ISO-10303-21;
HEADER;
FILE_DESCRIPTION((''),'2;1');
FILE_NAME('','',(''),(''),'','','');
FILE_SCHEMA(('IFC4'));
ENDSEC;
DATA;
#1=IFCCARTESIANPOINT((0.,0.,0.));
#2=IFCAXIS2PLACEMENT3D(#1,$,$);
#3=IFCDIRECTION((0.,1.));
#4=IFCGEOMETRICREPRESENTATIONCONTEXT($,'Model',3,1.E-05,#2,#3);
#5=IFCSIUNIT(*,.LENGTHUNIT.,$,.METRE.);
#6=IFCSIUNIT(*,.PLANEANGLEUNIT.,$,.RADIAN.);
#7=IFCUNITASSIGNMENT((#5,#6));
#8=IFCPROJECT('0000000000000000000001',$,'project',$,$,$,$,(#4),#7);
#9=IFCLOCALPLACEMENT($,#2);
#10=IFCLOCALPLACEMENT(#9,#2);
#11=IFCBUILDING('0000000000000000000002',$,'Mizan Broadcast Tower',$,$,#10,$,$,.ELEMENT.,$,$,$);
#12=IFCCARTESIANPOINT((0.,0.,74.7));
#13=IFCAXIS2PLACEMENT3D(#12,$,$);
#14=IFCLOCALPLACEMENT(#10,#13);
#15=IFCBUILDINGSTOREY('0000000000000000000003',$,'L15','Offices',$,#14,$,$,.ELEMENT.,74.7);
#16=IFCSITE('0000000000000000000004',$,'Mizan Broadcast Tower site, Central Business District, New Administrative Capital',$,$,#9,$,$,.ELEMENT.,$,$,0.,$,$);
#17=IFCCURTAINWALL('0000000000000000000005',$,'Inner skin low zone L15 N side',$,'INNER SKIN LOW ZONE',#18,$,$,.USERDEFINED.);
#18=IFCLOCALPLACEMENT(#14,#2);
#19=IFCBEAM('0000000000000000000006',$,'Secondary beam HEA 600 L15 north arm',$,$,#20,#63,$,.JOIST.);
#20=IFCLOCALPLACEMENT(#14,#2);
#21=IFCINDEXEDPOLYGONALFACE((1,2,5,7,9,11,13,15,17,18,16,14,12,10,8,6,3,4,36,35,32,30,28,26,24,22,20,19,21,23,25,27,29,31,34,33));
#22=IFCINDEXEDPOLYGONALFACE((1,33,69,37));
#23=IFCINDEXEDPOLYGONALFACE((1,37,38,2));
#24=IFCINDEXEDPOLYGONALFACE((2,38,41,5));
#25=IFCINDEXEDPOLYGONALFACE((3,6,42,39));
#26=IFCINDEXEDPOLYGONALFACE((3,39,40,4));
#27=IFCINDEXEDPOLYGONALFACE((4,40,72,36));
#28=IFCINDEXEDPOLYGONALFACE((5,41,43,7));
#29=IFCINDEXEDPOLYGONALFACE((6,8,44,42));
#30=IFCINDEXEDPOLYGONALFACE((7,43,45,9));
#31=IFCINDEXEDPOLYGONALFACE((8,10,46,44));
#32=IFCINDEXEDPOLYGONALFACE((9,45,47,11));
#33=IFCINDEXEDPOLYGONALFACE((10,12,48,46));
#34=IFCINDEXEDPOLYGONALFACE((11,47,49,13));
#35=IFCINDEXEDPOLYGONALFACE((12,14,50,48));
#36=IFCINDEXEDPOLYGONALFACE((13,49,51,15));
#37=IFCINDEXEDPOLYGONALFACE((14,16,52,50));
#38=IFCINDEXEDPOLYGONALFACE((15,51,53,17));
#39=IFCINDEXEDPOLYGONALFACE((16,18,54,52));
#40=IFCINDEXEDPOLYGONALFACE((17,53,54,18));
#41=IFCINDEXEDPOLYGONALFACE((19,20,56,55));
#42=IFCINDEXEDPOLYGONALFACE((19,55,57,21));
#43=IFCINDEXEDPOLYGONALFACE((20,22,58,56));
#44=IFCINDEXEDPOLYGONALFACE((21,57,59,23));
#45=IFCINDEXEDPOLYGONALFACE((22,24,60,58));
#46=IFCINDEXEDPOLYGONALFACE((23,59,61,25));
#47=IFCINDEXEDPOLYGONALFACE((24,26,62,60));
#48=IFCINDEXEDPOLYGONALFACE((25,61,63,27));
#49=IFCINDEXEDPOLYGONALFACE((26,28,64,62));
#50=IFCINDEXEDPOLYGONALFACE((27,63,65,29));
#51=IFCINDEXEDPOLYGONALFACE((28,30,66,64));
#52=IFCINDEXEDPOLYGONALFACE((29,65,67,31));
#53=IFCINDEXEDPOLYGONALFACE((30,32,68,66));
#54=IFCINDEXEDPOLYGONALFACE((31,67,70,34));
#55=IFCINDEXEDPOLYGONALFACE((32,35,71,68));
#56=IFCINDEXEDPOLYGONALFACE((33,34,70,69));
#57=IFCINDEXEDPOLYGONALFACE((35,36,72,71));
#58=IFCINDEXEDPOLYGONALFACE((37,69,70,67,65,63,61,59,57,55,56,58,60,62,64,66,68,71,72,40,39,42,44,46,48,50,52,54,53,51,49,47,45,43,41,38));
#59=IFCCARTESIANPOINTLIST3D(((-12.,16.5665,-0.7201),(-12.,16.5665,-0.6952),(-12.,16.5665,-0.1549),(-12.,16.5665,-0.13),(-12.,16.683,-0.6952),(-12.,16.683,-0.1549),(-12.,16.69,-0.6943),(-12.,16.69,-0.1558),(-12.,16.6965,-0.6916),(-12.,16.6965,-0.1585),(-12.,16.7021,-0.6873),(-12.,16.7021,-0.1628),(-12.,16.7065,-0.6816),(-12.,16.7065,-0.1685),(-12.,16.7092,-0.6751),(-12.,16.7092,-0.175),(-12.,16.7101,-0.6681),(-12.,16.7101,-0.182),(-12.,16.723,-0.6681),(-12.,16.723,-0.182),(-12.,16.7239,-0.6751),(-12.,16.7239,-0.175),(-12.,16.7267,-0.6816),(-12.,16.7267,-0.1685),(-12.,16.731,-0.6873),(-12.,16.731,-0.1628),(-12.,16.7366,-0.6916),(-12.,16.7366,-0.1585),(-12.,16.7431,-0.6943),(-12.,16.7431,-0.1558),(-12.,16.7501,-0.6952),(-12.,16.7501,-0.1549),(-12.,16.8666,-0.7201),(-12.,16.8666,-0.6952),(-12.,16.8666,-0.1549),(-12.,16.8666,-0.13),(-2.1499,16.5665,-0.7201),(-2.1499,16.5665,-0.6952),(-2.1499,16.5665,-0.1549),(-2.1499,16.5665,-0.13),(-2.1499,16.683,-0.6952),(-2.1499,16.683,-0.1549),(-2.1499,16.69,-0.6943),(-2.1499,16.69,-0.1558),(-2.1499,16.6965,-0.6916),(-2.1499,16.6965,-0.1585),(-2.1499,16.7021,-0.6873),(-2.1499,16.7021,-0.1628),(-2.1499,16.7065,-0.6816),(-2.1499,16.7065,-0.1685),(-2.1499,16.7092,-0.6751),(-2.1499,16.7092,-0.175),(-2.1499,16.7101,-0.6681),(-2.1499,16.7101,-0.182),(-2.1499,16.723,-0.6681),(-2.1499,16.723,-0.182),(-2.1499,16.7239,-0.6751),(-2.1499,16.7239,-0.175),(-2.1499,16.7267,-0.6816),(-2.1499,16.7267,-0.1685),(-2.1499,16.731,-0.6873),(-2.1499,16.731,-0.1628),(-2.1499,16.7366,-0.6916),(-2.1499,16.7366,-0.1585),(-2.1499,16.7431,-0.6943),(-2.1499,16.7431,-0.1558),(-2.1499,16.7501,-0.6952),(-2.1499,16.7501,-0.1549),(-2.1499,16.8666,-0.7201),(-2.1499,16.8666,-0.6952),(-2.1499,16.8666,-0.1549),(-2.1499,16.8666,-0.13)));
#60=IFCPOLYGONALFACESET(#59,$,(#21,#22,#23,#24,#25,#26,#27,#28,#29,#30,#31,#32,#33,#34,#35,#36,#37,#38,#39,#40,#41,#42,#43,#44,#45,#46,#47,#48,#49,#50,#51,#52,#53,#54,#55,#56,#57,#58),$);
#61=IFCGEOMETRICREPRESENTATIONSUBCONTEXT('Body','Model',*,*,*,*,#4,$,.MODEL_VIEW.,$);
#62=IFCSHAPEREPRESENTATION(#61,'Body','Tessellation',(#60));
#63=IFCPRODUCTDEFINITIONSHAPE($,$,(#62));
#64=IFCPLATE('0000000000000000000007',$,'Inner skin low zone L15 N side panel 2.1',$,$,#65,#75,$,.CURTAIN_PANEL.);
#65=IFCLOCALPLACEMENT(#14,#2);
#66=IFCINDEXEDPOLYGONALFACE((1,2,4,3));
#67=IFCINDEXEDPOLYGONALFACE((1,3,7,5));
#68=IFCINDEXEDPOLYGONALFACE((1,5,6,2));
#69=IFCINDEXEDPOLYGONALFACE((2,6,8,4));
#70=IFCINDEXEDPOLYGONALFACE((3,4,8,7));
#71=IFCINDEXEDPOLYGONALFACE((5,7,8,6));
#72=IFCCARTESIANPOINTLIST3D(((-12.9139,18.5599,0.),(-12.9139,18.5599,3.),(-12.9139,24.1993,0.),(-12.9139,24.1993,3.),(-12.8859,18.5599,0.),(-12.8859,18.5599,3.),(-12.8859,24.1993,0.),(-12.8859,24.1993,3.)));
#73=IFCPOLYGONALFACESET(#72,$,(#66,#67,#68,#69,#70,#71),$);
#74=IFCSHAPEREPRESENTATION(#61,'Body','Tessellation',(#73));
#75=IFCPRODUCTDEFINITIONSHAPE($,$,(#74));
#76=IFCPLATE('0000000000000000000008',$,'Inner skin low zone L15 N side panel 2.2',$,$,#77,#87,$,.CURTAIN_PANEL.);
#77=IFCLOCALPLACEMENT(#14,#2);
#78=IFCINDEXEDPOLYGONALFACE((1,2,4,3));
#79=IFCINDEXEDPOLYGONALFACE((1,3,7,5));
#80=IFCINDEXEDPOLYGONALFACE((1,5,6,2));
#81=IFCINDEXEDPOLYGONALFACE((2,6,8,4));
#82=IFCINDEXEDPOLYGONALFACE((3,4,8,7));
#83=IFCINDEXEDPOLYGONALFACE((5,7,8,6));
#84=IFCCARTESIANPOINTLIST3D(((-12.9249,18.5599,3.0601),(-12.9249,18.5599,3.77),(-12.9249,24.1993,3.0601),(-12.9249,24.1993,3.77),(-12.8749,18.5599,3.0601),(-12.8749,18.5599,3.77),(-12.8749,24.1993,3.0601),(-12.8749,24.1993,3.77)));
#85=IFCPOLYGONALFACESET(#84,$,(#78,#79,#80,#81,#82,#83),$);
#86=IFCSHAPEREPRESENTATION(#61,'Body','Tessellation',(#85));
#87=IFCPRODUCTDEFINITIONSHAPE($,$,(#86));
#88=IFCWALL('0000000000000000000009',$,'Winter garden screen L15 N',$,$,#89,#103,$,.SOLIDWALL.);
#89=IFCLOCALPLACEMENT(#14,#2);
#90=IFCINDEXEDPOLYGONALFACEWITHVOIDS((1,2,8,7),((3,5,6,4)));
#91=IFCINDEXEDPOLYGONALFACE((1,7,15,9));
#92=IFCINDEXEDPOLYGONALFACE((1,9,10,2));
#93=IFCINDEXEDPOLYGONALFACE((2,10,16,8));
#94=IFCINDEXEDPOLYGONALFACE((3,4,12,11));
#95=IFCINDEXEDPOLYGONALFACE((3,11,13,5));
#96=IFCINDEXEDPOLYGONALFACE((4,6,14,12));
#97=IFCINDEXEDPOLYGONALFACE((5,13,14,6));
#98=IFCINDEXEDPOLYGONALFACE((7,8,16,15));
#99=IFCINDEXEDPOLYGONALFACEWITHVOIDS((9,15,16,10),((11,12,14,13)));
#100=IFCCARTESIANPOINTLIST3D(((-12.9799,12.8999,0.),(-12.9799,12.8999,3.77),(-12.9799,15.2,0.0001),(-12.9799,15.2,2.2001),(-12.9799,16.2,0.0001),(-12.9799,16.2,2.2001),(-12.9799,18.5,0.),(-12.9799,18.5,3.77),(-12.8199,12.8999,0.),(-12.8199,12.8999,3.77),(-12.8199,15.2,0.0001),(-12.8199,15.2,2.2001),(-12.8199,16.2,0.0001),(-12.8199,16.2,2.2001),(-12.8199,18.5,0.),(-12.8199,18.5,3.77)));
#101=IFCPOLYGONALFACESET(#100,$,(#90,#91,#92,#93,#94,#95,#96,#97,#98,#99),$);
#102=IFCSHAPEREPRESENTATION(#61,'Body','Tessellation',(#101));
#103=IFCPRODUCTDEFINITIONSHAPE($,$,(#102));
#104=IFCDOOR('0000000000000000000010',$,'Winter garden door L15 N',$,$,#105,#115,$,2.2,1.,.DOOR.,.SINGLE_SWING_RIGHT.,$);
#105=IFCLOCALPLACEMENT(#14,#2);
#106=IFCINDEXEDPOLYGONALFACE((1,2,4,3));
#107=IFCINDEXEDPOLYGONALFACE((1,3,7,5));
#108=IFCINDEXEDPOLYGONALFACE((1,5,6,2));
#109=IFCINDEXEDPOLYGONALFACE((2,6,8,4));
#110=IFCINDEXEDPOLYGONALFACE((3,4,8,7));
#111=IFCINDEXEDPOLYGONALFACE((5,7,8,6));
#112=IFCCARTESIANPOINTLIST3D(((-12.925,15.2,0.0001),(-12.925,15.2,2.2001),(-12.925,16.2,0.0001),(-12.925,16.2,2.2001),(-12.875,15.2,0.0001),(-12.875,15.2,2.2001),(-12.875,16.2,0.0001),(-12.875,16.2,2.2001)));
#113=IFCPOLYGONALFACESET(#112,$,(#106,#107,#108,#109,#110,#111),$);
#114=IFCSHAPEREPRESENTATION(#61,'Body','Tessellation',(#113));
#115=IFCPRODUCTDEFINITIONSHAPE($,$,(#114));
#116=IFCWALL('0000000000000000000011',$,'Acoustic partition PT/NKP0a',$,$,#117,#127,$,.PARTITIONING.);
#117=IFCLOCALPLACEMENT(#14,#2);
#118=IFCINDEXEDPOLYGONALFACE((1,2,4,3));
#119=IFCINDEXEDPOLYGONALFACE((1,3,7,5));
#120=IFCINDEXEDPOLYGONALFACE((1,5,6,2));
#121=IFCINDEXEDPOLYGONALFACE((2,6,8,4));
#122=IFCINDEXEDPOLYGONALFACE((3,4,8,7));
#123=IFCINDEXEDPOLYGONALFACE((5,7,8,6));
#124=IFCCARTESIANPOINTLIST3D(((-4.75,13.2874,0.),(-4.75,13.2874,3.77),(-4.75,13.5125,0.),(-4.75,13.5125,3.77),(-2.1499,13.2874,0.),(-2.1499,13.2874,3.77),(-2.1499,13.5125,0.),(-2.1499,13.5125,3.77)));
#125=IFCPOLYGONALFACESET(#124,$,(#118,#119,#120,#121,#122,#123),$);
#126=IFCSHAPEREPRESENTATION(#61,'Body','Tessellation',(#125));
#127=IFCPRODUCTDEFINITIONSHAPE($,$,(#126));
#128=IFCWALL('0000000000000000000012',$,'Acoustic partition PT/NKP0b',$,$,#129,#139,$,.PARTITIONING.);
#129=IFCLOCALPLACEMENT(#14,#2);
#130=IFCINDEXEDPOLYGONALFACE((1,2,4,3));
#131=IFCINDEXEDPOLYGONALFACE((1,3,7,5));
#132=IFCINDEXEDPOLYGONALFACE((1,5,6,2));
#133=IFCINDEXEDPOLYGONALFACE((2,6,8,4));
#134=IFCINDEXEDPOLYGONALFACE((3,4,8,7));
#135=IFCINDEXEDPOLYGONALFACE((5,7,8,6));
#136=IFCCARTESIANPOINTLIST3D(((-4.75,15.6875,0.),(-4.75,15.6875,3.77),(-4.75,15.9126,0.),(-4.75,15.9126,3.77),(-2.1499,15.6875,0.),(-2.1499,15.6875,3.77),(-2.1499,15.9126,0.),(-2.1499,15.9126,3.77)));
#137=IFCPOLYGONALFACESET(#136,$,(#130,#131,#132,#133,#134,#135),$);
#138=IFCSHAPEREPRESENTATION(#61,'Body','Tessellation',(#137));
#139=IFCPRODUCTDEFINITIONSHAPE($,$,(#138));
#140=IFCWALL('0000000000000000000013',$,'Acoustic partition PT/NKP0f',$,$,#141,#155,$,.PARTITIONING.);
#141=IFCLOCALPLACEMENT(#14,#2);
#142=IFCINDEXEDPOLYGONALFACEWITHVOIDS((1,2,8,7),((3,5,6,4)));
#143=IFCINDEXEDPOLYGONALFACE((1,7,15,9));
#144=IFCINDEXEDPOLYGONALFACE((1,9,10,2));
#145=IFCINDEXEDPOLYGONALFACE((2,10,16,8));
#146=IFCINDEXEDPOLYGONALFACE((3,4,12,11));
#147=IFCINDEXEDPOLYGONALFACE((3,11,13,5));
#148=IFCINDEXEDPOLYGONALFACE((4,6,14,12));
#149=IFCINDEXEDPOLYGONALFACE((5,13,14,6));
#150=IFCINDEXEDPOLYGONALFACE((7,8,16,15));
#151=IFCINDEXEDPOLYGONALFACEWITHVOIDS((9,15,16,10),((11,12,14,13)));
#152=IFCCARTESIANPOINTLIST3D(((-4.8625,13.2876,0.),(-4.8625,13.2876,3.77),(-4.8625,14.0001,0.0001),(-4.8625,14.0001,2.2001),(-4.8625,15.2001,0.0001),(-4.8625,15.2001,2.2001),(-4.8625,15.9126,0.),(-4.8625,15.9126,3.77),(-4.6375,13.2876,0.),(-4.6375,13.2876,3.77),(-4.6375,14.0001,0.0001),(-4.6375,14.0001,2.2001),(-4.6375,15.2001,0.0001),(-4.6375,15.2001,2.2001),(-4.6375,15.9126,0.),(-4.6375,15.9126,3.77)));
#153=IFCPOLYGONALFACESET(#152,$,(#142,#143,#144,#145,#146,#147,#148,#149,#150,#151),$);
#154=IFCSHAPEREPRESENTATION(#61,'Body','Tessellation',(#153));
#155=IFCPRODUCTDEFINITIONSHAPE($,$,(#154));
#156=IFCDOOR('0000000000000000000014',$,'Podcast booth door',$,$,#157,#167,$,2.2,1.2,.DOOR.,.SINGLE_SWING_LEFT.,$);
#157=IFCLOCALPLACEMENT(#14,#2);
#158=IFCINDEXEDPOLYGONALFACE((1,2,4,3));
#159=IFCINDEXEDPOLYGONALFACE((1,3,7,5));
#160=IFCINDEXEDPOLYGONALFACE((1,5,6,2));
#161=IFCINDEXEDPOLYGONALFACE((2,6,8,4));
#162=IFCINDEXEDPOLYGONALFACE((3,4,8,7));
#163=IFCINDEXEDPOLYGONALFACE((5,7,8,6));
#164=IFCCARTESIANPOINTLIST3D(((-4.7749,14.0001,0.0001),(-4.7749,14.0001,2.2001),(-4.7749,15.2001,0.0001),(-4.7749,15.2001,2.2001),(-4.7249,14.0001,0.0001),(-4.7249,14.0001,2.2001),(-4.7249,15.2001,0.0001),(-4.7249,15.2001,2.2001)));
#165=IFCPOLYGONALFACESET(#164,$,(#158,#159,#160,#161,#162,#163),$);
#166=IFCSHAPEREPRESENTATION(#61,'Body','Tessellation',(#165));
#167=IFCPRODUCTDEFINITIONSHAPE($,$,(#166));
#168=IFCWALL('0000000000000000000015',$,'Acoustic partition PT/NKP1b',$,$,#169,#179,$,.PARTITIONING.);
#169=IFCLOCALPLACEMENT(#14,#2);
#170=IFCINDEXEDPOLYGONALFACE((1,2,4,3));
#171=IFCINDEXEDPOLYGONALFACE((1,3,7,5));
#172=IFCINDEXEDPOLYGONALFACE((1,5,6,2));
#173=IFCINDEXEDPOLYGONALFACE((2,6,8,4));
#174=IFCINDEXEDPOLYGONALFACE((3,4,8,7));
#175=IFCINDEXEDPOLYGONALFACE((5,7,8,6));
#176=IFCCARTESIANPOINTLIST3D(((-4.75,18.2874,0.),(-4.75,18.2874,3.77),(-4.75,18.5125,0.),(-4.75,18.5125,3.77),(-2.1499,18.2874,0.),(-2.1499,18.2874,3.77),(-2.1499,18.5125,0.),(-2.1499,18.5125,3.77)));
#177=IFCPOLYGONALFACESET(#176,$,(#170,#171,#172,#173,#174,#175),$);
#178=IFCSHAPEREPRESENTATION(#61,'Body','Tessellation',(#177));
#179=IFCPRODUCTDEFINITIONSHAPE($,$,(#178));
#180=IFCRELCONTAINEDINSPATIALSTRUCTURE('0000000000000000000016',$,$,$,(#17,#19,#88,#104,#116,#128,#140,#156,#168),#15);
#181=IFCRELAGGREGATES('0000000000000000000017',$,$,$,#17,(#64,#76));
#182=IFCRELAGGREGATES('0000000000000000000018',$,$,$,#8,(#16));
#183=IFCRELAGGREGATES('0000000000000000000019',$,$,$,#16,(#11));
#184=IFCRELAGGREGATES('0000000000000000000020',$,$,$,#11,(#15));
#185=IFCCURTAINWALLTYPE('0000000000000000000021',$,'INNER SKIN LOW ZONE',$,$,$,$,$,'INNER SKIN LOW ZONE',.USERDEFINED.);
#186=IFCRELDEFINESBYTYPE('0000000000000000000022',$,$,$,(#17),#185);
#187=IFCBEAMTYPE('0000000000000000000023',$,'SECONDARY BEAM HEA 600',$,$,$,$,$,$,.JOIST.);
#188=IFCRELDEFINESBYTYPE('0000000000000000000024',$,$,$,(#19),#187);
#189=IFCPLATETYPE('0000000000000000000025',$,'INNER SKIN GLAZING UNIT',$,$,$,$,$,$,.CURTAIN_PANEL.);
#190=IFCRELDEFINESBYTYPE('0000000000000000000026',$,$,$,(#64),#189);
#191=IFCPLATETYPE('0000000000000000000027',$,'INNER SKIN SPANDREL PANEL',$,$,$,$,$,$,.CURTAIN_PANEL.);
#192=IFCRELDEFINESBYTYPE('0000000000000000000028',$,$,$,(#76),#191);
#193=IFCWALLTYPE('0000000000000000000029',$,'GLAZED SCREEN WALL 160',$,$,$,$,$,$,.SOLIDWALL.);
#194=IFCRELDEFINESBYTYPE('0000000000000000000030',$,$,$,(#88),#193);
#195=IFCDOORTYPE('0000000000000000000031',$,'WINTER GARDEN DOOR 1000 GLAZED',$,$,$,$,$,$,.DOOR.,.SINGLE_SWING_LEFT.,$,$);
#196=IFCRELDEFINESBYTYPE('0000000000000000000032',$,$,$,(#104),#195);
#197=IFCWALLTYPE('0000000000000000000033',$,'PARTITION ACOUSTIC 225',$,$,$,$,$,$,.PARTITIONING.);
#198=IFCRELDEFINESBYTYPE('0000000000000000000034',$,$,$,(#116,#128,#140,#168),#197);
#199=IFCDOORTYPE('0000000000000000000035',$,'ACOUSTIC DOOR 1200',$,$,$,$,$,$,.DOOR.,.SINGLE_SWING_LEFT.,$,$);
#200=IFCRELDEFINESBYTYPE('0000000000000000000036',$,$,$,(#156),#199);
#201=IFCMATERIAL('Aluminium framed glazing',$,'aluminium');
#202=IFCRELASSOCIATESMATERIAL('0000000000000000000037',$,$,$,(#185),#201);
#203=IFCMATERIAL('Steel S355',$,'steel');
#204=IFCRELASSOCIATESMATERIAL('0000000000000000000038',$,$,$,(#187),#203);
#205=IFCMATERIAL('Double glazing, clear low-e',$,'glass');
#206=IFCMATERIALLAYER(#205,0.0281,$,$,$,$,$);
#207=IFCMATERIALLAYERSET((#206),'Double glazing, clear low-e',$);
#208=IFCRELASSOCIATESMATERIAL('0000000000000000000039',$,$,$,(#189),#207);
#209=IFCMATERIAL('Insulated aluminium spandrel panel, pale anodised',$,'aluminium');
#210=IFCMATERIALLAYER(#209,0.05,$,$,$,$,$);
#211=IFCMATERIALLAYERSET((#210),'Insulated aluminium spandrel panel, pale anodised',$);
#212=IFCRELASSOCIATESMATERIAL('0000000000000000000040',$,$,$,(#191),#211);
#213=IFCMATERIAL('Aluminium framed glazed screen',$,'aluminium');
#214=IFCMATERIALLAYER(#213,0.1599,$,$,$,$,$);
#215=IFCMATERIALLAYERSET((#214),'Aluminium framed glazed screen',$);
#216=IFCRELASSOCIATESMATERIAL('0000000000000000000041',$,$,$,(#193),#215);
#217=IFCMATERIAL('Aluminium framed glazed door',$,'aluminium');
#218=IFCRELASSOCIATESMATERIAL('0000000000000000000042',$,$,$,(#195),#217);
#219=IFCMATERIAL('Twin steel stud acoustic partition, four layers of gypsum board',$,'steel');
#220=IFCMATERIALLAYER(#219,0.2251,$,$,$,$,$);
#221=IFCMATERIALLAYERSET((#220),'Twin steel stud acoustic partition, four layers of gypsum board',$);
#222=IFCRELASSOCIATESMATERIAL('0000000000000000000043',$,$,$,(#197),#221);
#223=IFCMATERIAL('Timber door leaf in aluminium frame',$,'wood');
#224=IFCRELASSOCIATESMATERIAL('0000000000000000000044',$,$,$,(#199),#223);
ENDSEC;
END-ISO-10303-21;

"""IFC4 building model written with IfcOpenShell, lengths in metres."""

from ifc_helpers import new_model, si_unit, direction, frame, frame_2d, origin, origin_2d, place, context, subcontext, project, spatial, rectangle, i_section, extrude, material, layer, layer_set, material_profile, profile_set, type_object, element, fill, aggregate, save


model = new_model("IFC4")

# Units and contexts
model_context = context("Model", 3, precision=1e-05, world=origin(), true_north=direction((0.0, 1.0)))
body_context = subcontext(model_context, "Body", "Model", "MODEL_VIEW")
ifc_project = project(units=[si_unit("LENGTHUNIT", "METRE"), si_unit("PLANEANGLEUNIT", "RADIAN")], contexts=[model_context])

# Site, building, storey
site_placement = place(None, origin())
site = spatial("IfcSite", under=ifc_project, at=site_placement, Name="Mizan Broadcast Tower site, Central Business District, New Administrative Capital", CompositionType="ELEMENT", RefElevation=0.0)
building_placement = place(site_placement, origin())
building = spatial("IfcBuilding", under=site, at=building_placement, Name="Mizan Broadcast Tower", CompositionType="ELEMENT")
storey_placement = place(building_placement, frame((0.0, 0.0, 74.7)))
storey = spatial("IfcBuildingStorey", under=building, at=storey_placement, Name="L15", Description="Offices", CompositionType="ELEMENT", Elevation=74.7)

# Curtain wall
ifc_material_1 = material(Name="Aluminium framed glazing", Category="aluminium")
curtain_wall_type = type_object("IfcCurtainWallType", Name="INNER SKIN LOW ZONE", ElementType="INNER SKIN LOW ZONE", PredefinedType="USERDEFINED", material=ifc_material_1)
curtain_wall_placement = place(storey_placement, origin())
curtain_wall = element("IfcCurtainWall", 1, at=curtain_wall_placement, inside=storey, type_object=curtain_wall_type, Name="Inner skin low zone L15 N side", ObjectType="INNER SKIN LOW ZONE", PredefinedType="USERDEFINED")

# Beam
ifc_material_2 = material(Name="Steel S355", Category="steel")
ifc_material_profile_1 = material_profile(ifc_material_2, i_section(OverallWidth=0.3, OverallDepth=0.5901, WebThickness=0.0129, FlangeThickness=0.0249, FilletRadius=0.0271, at=origin_2d()), Name="HEA 600")
ifc_profile_set_1 = profile_set([ifc_material_profile_1], Name="Steel S355")
beam_type_1 = type_object("IfcBeamType", Name="SECONDARY BEAM HEA 600", PredefinedType="JOIST", material=ifc_profile_set_1)
for number, where, z_axis, x_axis, name in (
    (2, (-12.0, 16.7166, -0.425), (1.0, 0.0, 0.0), (0.0, 1.0, 0.0), "Secondary beam HEA 600 L15 north arm"),
):
    element("IfcBeam", number, at=place(storey_placement, frame(where, z_axis=z_axis, x_axis=x_axis)), inside=storey, type_object=beam_type_1, Name=name, PredefinedType="JOIST", context=body_context, shape_type="SweptSolid", body=[
        extrude(i_section(OverallWidth=0.3, OverallDepth=0.5901, WebThickness=0.0129, FlangeThickness=0.0249, FilletRadius=0.0271, at=origin_2d()), origin(), (0.0, 0.0, 1.0), 9.8501),
    ])

# Plates
ifc_material_3 = material(Name="Double glazing, clear low-e", Category="glass")
ifc_layer_1 = layer(ifc_material_3, 0.0281)
ifc_layer_set_1 = layer_set([ifc_layer_1], Name="Double glazing, clear low-e")
plate_type_1 = type_object("IfcPlateType", Name="INNER SKIN GLAZING UNIT", PredefinedType="CURTAIN_PANEL", material=ifc_layer_set_1)
plate_1_placement = place(storey_placement, frame((-12.8999, 21.3796, 0.0), z_axis=(0.0, 0.0, 1.0), x_axis=(0.0, -1.0, 0.0)))
plate_1 = element("IfcPlate", 3, at=plate_1_placement, type_object=plate_type_1, Name="Inner skin low zone L15 N side panel 2.1", PredefinedType="CURTAIN_PANEL", context=body_context, shape_type="SweptSolid", body=[
    extrude(rectangle(XDim=5.6394, YDim=0.0281, at=origin_2d()), origin(), (0.0, 0.0, 1.0), 3.0),
])
ifc_material_4 = material(Name="Insulated aluminium spandrel panel, pale anodised", Category="aluminium")
ifc_layer_2 = layer(ifc_material_4, 0.05)
ifc_layer_set_2 = layer_set([ifc_layer_2], Name="Insulated aluminium spandrel panel, pale anodised")
plate_type_2 = type_object("IfcPlateType", Name="INNER SKIN SPANDREL PANEL", PredefinedType="CURTAIN_PANEL", material=ifc_layer_set_2)
plate_2_placement = place(storey_placement, frame((-12.8999, 21.3796, 3.0601), z_axis=(0.0, 0.0, 1.0), x_axis=(0.0, -1.0, 0.0)))
plate_2 = element("IfcPlate", 4, at=plate_2_placement, type_object=plate_type_2, Name="Inner skin low zone L15 N side panel 2.2", PredefinedType="CURTAIN_PANEL", context=body_context, shape_type="SweptSolid", body=[
    extrude(rectangle(XDim=5.6394, YDim=0.05, at=origin_2d()), origin(), (0.0, 0.0, 1.0), 0.71),
])
aggregate(curtain_wall, [plate_1, plate_2])

# Wall, opening, door
ifc_material_5 = material(Name="Aluminium framed glazed screen", Category="aluminium")
ifc_layer_3 = layer(ifc_material_5, 0.1599)
ifc_layer_set_3 = layer_set([ifc_layer_3], Name="Aluminium framed glazed screen")
wall_type_1 = type_object("IfcWallType", Name="GLAZED SCREEN WALL 160", PredefinedType="SOLIDWALL", material=ifc_layer_set_3)
wall_1_placement = place(storey_placement, frame((-12.8999, 18.5, 0.0), z_axis=(0.0, 0.0, 1.0), x_axis=(0.0, -1.0, 0.0)))
wall_1 = element("IfcWall", 5, at=wall_1_placement, inside=storey, type_object=wall_type_1, Name="Winter garden screen L15 N", PredefinedType="SOLIDWALL", context=body_context, shape_type="SweptSolid", body=[
    extrude(rectangle(XDim=5.6001, YDim=0.1599, at=frame_2d((2.8, 0.0))), origin(), (0.0, 0.0, 1.0), 3.77),
])
opening_1_placement = place(wall_1_placement, frame((2.3, 0.0, 0.0)))
opening_1 = element("IfcOpeningElement", 6, at=opening_1_placement, cuts=wall_1, PredefinedType="OPENING", context=body_context, shape_type="SweptSolid", body=[
    extrude(rectangle(XDim=1.0, YDim=2.2, at=frame_2d((0.5, 1.1001))), frame((0.0, 0.0898, 0.0), z_axis=(0.0, -1.0, 0.0), x_axis=(1.0, 0.0, 0.0)), (0.0, 0.0, 1.0), 0.1799),
])
ifc_material_6 = material(Name="Aluminium framed glazed door", Category="aluminium")
door_type_1 = type_object("IfcDoorType", Name="WINTER GARDEN DOOR 1000 GLAZED", OperationType="SINGLE_SWING_LEFT", PredefinedType="DOOR", material=ifc_material_6)
door_1_placement = place(opening_1_placement, origin())
door_1 = element("IfcDoor", 7, at=door_1_placement, inside=storey, type_object=door_type_1, Name="Winter garden door L15 N", OperationType="SINGLE_SWING_RIGHT", OverallHeight=2.2, OverallWidth=1.0, PredefinedType="DOOR", context=body_context, shape_type="SweptSolid", body=[
    extrude(rectangle(XDim=1.0, YDim=2.2, at=frame_2d((0.5, 1.1001))), frame((0.0, 0.0249, 0.0), z_axis=(0.0, -1.0, 0.0), x_axis=(1.0, 0.0, 0.0)), (0.0, 0.0, 1.0), 0.05),
])
fill(opening_1, door_1)

# Walls
ifc_material_7 = material(Name="Twin steel stud acoustic partition, four layers of gypsum board", Category="steel")
ifc_layer_4 = layer(ifc_material_7, 0.2251)
ifc_layer_set_4 = layer_set([ifc_layer_4], Name="Twin steel stud acoustic partition, four layers of gypsum board")
wall_type_2 = type_object("IfcWallType", Name="PARTITION ACOUSTIC 225", PredefinedType="PARTITIONING", material=ifc_layer_set_4)
for number, where, z_axis, x_axis, name in (
    (8, (-2.1499, 13.3999, 0.0), (0.0, 0.0, 1.0), (-1.0, 0.0, 0.0), "Acoustic partition PT/NKP0a"),
    (9, (-2.1499, 15.8, 0.0), (0.0, 0.0, 1.0), (-1.0, 0.0, 0.0), "Acoustic partition PT/NKP0b"),
):
    element("IfcWall", number, at=place(storey_placement, frame(where, z_axis=z_axis, x_axis=x_axis)), inside=storey, type_object=wall_type_2, Name=name, PredefinedType="PARTITIONING", context=body_context, shape_type="SweptSolid", body=[
        extrude(rectangle(XDim=2.6001, YDim=0.2251, at=frame_2d((1.3, 0.0))), origin(), (0.0, 0.0, 1.0), 3.77),
    ])

# Wall, opening, door
wall_2_placement = place(storey_placement, frame((-4.75, 13.2876, 0.0), z_axis=(0.0, 0.0, 1.0), x_axis=(0.0, 1.0, 0.0)))
wall_2 = element("IfcWall", 10, at=wall_2_placement, inside=storey, type_object=wall_type_2, Name="Acoustic partition PT/NKP0f", PredefinedType="PARTITIONING", context=body_context, shape_type="SweptSolid", body=[
    extrude(rectangle(XDim=2.625, YDim=0.2251, at=frame_2d((1.3125, 0.0))), origin(), (0.0, 0.0, 1.0), 3.77),
])
opening_2_placement = place(wall_2_placement, frame((0.7124, 0.0, 0.0)))
opening_2 = element("IfcOpeningElement", 11, at=opening_2_placement, cuts=wall_2, PredefinedType="OPENING", context=body_context, shape_type="SweptSolid", body=[
    extrude(rectangle(XDim=1.2, YDim=2.2, at=frame_2d((0.6001, 1.1001))), frame((0.0, 0.1226, 0.0), z_axis=(0.0, -1.0, 0.0), x_axis=(1.0, 0.0, 0.0)), (0.0, 0.0, 1.0), 0.2451),
])
ifc_material_8 = material(Name="Timber door leaf in aluminium frame", Category="wood")
door_type_2 = type_object("IfcDoorType", Name="ACOUSTIC DOOR 1200", OperationType="SINGLE_SWING_LEFT", PredefinedType="DOOR", material=ifc_material_8)
door_2_placement = place(opening_2_placement, origin())
door_2 = element("IfcDoor", 12, at=door_2_placement, inside=storey, type_object=door_type_2, Name="Podcast booth door", OperationType="SINGLE_SWING_LEFT", OverallHeight=2.2, OverallWidth=1.2, PredefinedType="DOOR", context=body_context, shape_type="SweptSolid", body=[
    extrude(rectangle(XDim=1.2, YDim=2.2, at=frame_2d((0.6001, 1.1001))), frame((0.0, 0.0249, 0.0), z_axis=(0.0, -1.0, 0.0), x_axis=(1.0, 0.0, 0.0)), (0.0, 0.0, 1.0), 0.05),
])
fill(opening_2, door_2)

# Wall
wall_3_placement = place(storey_placement, frame((-2.1499, 18.3999, 0.0), z_axis=(0.0, 0.0, 1.0), x_axis=(-1.0, 0.0, 0.0)))
element("IfcWall", 13, at=wall_3_placement, inside=storey, type_object=wall_type_2, Name="Acoustic partition PT/NKP1b", PredefinedType="PARTITIONING", context=body_context, shape_type="SweptSolid", body=[
    extrude(rectangle(XDim=2.6001, YDim=0.2251, at=frame_2d((1.3, 0.0))), origin(), (0.0, 0.0, 1.0), 3.77),
])

save(model, "model.ifc")
